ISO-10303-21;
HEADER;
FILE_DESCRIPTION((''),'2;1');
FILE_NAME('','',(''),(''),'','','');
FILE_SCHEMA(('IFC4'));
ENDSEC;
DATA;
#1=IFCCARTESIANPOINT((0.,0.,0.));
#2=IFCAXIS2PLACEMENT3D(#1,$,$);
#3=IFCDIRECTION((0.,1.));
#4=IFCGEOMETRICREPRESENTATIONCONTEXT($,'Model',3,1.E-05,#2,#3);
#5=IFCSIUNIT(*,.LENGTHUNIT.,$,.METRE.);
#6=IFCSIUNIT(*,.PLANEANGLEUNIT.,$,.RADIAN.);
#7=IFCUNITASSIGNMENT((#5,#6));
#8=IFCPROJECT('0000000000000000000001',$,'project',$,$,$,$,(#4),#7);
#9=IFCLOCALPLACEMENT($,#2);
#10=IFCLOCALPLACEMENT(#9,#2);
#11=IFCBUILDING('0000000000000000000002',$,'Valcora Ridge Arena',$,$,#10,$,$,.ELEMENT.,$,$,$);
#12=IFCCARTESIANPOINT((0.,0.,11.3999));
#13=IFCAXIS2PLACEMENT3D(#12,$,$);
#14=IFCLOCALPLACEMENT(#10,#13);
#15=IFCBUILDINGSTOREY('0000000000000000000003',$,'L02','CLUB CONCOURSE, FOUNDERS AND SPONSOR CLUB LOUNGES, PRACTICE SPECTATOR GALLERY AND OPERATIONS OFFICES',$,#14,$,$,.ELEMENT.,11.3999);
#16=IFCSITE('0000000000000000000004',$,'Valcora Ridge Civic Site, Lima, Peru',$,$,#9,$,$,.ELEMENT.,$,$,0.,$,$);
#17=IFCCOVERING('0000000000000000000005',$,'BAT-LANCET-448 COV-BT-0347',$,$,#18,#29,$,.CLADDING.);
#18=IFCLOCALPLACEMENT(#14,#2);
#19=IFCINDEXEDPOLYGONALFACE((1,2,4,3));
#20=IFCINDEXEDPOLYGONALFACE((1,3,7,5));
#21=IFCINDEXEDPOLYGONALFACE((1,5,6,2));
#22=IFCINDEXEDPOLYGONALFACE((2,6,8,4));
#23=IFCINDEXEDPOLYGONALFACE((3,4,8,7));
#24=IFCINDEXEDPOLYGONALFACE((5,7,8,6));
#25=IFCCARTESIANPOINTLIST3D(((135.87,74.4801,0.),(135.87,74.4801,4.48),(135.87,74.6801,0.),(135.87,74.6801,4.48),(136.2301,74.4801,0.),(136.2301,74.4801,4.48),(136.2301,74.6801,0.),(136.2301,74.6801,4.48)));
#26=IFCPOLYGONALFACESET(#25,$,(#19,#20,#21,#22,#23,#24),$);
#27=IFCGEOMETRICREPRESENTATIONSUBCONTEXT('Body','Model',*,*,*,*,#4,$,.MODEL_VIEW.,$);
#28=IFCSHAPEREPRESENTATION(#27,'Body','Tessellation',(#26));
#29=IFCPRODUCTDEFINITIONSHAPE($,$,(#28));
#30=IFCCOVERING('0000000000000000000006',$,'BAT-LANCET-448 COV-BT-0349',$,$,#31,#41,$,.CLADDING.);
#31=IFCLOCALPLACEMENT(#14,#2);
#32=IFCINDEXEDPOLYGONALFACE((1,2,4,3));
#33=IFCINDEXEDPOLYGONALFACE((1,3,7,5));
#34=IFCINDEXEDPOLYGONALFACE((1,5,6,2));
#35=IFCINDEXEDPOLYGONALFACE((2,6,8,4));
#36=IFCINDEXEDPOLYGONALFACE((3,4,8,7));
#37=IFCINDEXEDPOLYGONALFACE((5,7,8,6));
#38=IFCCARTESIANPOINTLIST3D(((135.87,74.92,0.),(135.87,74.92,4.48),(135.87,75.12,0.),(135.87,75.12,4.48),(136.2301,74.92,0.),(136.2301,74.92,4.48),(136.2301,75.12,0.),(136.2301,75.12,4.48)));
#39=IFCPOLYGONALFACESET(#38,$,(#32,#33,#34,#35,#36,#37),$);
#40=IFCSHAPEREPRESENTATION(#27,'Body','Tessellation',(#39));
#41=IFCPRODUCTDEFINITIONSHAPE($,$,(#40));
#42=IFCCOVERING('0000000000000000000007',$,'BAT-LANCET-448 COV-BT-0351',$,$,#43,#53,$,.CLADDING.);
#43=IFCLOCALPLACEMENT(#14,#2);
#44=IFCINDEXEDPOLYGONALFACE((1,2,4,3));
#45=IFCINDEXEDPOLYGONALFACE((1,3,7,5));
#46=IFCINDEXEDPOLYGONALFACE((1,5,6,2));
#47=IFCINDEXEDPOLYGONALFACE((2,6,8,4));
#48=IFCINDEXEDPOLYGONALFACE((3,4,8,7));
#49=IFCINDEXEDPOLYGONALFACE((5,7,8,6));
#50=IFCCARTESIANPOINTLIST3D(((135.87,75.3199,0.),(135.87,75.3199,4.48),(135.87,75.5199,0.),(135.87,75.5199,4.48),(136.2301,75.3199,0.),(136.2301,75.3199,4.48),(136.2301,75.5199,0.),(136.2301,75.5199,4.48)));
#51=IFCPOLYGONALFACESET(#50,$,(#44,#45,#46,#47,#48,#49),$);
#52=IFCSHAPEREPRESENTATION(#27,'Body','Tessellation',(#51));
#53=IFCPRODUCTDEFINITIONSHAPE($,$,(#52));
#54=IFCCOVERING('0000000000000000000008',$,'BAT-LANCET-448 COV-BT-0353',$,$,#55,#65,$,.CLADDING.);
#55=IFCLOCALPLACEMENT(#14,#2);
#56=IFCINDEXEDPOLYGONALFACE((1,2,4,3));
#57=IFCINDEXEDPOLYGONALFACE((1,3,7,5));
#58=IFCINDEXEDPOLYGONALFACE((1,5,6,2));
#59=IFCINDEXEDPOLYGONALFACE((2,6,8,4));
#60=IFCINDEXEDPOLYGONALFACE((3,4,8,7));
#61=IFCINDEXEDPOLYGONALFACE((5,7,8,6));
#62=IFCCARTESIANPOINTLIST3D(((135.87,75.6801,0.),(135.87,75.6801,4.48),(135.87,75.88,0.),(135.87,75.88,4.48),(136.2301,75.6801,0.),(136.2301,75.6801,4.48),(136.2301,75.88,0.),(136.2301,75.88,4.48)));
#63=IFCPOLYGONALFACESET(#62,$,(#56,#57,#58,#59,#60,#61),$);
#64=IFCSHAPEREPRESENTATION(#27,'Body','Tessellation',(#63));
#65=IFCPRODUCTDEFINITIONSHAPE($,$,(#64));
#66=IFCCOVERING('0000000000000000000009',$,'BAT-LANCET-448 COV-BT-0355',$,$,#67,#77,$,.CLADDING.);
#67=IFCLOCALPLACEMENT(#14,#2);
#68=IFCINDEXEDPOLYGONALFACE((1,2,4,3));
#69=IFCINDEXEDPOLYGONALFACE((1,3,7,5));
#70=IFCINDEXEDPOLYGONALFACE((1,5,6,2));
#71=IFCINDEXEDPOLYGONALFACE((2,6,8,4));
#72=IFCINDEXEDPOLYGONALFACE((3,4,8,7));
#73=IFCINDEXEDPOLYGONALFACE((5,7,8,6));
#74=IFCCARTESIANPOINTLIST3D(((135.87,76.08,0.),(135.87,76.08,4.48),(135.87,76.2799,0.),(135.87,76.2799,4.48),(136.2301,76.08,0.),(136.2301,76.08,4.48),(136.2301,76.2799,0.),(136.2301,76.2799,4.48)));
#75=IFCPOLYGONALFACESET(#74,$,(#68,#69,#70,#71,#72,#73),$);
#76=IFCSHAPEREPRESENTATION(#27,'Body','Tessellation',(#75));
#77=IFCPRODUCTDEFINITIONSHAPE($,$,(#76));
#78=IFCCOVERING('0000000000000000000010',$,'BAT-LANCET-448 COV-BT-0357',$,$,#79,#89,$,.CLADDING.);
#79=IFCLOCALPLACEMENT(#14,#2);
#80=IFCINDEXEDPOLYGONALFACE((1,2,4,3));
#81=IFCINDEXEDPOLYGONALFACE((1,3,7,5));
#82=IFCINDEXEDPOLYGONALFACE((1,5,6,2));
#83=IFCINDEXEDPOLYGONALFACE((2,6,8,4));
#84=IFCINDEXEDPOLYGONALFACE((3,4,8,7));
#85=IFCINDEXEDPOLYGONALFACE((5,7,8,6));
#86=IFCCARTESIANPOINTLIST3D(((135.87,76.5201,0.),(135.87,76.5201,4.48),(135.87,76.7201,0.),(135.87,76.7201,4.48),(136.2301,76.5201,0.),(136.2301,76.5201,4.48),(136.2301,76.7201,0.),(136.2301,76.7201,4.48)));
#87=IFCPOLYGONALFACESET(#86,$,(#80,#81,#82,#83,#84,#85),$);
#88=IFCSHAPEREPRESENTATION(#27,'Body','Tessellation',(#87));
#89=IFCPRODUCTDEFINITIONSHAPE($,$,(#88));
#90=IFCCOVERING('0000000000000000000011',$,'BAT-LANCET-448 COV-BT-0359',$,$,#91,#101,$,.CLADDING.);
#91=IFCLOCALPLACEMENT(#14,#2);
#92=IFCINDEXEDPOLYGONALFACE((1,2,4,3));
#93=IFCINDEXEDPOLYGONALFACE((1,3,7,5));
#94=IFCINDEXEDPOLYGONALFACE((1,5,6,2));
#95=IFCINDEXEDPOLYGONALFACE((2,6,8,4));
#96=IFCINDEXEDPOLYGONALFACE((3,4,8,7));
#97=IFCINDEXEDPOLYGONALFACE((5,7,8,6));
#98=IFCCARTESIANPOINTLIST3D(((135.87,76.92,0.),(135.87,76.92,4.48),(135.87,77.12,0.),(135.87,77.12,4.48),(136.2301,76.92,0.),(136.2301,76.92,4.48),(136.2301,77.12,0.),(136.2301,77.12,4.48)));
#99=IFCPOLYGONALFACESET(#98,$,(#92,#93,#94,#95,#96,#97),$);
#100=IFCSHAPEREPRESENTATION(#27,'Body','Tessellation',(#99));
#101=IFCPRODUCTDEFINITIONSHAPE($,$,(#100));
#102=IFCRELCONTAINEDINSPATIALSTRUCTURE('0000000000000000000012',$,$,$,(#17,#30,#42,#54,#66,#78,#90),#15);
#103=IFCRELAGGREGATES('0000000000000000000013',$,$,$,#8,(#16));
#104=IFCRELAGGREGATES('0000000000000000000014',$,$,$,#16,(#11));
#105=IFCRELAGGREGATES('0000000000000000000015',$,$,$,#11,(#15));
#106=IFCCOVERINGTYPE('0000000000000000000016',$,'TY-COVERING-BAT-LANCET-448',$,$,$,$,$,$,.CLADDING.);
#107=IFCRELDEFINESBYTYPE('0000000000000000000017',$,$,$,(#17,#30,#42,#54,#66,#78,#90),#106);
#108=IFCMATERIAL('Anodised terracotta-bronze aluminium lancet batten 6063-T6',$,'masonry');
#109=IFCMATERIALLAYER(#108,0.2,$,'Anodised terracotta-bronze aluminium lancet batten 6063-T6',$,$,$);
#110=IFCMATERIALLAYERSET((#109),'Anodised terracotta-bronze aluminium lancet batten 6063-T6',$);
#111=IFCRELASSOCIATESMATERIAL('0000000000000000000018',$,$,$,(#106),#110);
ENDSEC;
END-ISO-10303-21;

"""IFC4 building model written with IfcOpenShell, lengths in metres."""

from ifc_helpers import new_model, si_unit, direction, frame, origin, origin_2d, place, context, subcontext, project, spatial, rectangle, extrude, material, layer, layer_set, type_object, element, save


model = new_model("IFC4")

# Units and contexts
model_context = context("Model", 3, precision=1e-05, world=origin(), true_north=direction((0.0, 1.0)))
body_context = subcontext(model_context, "Body", "Model", "MODEL_VIEW")
ifc_project = project(units=[si_unit("LENGTHUNIT", "METRE"), si_unit("PLANEANGLEUNIT", "RADIAN")], contexts=[model_context])

# Site, building, storey
site_placement = place(None, origin())
site = spatial("IfcSite", under=ifc_project, at=site_placement, Name="Valcora Ridge Civic Site, Lima, Peru", CompositionType="ELEMENT", RefElevation=0.0)
building_placement = place(site_placement, origin())
building = spatial("IfcBuilding", under=site, at=building_placement, Name="Valcora Ridge Arena", CompositionType="ELEMENT")
storey_placement = place(building_placement, frame((0.0, 0.0, 11.3999)))
storey = spatial("IfcBuildingStorey", under=building, at=storey_placement, Name="L02", Description="CLUB CONCOURSE, FOUNDERS AND SPONSOR CLUB LOUNGES, PRACTICE SPECTATOR GALLERY AND OPERATIONS OFFICES", CompositionType="ELEMENT", Elevation=11.3999)

# Coverings
ifc_material_1 = material(Name="Anodised terracotta-bronze aluminium lancet batten 6063-T6", Category="masonry")
ifc_layer_1 = layer(ifc_material_1, 0.2, Name="Anodised terracotta-bronze aluminium lancet batten 6063-T6")
ifc_layer_set_1 = layer_set([ifc_layer_1], Name="Anodised terracotta-bronze aluminium lancet batten 6063-T6")
covering_type = type_object("IfcCoveringType", Name="TY-COVERING-BAT-LANCET-448", PredefinedType="CLADDING", material=ifc_layer_set_1)
for number, where, z_axis, x_axis, name in (
    (1, (136.05, 74.5801, 0.0), (0.0, 0.0, 1.0), (1.0, 0.0, 0.0), "BAT-LANCET-448 COV-BT-0347"),
    (2, (136.05, 75.02, 0.0), (0.0, 0.0, 1.0), (1.0, 0.0, 0.0), "BAT-LANCET-448 COV-BT-0349"),
    (3, (136.05, 75.4199, 0.0), (0.0, 0.0, 1.0), (1.0, 0.0, 0.0), "BAT-LANCET-448 COV-BT-0351"),
    (4, (136.05, 75.78, 0.0), (0.0, 0.0, 1.0), (1.0, 0.0, 0.0), "BAT-LANCET-448 COV-BT-0353"),
    (5, (136.05, 76.1799, 0.0), (0.0, 0.0, 1.0), (1.0, 0.0, 0.0), "BAT-LANCET-448 COV-BT-0355"),
    (6, (136.05, 76.6201, 0.0), (0.0, 0.0, 1.0), (1.0, 0.0, 0.0), "BAT-LANCET-448 COV-BT-0357"),
    (7, (136.05, 77.02, 0.0), (0.0, 0.0, 1.0), (1.0, 0.0, 0.0), "BAT-LANCET-448 COV-BT-0359"),
):
    element("IfcCovering", number, at=place(storey_placement, frame(where, z_axis=z_axis, x_axis=x_axis)), inside=storey, type_object=covering_type, Name=name, PredefinedType="CLADDING", context=body_context, shape_type="SweptSolid", body=[
        extrude(rectangle(XDim=0.3601, YDim=0.2, at=origin_2d()), origin(), (0.0, 0.0, 1.0), 4.48),
    ])

save(model, "model.ifc")
